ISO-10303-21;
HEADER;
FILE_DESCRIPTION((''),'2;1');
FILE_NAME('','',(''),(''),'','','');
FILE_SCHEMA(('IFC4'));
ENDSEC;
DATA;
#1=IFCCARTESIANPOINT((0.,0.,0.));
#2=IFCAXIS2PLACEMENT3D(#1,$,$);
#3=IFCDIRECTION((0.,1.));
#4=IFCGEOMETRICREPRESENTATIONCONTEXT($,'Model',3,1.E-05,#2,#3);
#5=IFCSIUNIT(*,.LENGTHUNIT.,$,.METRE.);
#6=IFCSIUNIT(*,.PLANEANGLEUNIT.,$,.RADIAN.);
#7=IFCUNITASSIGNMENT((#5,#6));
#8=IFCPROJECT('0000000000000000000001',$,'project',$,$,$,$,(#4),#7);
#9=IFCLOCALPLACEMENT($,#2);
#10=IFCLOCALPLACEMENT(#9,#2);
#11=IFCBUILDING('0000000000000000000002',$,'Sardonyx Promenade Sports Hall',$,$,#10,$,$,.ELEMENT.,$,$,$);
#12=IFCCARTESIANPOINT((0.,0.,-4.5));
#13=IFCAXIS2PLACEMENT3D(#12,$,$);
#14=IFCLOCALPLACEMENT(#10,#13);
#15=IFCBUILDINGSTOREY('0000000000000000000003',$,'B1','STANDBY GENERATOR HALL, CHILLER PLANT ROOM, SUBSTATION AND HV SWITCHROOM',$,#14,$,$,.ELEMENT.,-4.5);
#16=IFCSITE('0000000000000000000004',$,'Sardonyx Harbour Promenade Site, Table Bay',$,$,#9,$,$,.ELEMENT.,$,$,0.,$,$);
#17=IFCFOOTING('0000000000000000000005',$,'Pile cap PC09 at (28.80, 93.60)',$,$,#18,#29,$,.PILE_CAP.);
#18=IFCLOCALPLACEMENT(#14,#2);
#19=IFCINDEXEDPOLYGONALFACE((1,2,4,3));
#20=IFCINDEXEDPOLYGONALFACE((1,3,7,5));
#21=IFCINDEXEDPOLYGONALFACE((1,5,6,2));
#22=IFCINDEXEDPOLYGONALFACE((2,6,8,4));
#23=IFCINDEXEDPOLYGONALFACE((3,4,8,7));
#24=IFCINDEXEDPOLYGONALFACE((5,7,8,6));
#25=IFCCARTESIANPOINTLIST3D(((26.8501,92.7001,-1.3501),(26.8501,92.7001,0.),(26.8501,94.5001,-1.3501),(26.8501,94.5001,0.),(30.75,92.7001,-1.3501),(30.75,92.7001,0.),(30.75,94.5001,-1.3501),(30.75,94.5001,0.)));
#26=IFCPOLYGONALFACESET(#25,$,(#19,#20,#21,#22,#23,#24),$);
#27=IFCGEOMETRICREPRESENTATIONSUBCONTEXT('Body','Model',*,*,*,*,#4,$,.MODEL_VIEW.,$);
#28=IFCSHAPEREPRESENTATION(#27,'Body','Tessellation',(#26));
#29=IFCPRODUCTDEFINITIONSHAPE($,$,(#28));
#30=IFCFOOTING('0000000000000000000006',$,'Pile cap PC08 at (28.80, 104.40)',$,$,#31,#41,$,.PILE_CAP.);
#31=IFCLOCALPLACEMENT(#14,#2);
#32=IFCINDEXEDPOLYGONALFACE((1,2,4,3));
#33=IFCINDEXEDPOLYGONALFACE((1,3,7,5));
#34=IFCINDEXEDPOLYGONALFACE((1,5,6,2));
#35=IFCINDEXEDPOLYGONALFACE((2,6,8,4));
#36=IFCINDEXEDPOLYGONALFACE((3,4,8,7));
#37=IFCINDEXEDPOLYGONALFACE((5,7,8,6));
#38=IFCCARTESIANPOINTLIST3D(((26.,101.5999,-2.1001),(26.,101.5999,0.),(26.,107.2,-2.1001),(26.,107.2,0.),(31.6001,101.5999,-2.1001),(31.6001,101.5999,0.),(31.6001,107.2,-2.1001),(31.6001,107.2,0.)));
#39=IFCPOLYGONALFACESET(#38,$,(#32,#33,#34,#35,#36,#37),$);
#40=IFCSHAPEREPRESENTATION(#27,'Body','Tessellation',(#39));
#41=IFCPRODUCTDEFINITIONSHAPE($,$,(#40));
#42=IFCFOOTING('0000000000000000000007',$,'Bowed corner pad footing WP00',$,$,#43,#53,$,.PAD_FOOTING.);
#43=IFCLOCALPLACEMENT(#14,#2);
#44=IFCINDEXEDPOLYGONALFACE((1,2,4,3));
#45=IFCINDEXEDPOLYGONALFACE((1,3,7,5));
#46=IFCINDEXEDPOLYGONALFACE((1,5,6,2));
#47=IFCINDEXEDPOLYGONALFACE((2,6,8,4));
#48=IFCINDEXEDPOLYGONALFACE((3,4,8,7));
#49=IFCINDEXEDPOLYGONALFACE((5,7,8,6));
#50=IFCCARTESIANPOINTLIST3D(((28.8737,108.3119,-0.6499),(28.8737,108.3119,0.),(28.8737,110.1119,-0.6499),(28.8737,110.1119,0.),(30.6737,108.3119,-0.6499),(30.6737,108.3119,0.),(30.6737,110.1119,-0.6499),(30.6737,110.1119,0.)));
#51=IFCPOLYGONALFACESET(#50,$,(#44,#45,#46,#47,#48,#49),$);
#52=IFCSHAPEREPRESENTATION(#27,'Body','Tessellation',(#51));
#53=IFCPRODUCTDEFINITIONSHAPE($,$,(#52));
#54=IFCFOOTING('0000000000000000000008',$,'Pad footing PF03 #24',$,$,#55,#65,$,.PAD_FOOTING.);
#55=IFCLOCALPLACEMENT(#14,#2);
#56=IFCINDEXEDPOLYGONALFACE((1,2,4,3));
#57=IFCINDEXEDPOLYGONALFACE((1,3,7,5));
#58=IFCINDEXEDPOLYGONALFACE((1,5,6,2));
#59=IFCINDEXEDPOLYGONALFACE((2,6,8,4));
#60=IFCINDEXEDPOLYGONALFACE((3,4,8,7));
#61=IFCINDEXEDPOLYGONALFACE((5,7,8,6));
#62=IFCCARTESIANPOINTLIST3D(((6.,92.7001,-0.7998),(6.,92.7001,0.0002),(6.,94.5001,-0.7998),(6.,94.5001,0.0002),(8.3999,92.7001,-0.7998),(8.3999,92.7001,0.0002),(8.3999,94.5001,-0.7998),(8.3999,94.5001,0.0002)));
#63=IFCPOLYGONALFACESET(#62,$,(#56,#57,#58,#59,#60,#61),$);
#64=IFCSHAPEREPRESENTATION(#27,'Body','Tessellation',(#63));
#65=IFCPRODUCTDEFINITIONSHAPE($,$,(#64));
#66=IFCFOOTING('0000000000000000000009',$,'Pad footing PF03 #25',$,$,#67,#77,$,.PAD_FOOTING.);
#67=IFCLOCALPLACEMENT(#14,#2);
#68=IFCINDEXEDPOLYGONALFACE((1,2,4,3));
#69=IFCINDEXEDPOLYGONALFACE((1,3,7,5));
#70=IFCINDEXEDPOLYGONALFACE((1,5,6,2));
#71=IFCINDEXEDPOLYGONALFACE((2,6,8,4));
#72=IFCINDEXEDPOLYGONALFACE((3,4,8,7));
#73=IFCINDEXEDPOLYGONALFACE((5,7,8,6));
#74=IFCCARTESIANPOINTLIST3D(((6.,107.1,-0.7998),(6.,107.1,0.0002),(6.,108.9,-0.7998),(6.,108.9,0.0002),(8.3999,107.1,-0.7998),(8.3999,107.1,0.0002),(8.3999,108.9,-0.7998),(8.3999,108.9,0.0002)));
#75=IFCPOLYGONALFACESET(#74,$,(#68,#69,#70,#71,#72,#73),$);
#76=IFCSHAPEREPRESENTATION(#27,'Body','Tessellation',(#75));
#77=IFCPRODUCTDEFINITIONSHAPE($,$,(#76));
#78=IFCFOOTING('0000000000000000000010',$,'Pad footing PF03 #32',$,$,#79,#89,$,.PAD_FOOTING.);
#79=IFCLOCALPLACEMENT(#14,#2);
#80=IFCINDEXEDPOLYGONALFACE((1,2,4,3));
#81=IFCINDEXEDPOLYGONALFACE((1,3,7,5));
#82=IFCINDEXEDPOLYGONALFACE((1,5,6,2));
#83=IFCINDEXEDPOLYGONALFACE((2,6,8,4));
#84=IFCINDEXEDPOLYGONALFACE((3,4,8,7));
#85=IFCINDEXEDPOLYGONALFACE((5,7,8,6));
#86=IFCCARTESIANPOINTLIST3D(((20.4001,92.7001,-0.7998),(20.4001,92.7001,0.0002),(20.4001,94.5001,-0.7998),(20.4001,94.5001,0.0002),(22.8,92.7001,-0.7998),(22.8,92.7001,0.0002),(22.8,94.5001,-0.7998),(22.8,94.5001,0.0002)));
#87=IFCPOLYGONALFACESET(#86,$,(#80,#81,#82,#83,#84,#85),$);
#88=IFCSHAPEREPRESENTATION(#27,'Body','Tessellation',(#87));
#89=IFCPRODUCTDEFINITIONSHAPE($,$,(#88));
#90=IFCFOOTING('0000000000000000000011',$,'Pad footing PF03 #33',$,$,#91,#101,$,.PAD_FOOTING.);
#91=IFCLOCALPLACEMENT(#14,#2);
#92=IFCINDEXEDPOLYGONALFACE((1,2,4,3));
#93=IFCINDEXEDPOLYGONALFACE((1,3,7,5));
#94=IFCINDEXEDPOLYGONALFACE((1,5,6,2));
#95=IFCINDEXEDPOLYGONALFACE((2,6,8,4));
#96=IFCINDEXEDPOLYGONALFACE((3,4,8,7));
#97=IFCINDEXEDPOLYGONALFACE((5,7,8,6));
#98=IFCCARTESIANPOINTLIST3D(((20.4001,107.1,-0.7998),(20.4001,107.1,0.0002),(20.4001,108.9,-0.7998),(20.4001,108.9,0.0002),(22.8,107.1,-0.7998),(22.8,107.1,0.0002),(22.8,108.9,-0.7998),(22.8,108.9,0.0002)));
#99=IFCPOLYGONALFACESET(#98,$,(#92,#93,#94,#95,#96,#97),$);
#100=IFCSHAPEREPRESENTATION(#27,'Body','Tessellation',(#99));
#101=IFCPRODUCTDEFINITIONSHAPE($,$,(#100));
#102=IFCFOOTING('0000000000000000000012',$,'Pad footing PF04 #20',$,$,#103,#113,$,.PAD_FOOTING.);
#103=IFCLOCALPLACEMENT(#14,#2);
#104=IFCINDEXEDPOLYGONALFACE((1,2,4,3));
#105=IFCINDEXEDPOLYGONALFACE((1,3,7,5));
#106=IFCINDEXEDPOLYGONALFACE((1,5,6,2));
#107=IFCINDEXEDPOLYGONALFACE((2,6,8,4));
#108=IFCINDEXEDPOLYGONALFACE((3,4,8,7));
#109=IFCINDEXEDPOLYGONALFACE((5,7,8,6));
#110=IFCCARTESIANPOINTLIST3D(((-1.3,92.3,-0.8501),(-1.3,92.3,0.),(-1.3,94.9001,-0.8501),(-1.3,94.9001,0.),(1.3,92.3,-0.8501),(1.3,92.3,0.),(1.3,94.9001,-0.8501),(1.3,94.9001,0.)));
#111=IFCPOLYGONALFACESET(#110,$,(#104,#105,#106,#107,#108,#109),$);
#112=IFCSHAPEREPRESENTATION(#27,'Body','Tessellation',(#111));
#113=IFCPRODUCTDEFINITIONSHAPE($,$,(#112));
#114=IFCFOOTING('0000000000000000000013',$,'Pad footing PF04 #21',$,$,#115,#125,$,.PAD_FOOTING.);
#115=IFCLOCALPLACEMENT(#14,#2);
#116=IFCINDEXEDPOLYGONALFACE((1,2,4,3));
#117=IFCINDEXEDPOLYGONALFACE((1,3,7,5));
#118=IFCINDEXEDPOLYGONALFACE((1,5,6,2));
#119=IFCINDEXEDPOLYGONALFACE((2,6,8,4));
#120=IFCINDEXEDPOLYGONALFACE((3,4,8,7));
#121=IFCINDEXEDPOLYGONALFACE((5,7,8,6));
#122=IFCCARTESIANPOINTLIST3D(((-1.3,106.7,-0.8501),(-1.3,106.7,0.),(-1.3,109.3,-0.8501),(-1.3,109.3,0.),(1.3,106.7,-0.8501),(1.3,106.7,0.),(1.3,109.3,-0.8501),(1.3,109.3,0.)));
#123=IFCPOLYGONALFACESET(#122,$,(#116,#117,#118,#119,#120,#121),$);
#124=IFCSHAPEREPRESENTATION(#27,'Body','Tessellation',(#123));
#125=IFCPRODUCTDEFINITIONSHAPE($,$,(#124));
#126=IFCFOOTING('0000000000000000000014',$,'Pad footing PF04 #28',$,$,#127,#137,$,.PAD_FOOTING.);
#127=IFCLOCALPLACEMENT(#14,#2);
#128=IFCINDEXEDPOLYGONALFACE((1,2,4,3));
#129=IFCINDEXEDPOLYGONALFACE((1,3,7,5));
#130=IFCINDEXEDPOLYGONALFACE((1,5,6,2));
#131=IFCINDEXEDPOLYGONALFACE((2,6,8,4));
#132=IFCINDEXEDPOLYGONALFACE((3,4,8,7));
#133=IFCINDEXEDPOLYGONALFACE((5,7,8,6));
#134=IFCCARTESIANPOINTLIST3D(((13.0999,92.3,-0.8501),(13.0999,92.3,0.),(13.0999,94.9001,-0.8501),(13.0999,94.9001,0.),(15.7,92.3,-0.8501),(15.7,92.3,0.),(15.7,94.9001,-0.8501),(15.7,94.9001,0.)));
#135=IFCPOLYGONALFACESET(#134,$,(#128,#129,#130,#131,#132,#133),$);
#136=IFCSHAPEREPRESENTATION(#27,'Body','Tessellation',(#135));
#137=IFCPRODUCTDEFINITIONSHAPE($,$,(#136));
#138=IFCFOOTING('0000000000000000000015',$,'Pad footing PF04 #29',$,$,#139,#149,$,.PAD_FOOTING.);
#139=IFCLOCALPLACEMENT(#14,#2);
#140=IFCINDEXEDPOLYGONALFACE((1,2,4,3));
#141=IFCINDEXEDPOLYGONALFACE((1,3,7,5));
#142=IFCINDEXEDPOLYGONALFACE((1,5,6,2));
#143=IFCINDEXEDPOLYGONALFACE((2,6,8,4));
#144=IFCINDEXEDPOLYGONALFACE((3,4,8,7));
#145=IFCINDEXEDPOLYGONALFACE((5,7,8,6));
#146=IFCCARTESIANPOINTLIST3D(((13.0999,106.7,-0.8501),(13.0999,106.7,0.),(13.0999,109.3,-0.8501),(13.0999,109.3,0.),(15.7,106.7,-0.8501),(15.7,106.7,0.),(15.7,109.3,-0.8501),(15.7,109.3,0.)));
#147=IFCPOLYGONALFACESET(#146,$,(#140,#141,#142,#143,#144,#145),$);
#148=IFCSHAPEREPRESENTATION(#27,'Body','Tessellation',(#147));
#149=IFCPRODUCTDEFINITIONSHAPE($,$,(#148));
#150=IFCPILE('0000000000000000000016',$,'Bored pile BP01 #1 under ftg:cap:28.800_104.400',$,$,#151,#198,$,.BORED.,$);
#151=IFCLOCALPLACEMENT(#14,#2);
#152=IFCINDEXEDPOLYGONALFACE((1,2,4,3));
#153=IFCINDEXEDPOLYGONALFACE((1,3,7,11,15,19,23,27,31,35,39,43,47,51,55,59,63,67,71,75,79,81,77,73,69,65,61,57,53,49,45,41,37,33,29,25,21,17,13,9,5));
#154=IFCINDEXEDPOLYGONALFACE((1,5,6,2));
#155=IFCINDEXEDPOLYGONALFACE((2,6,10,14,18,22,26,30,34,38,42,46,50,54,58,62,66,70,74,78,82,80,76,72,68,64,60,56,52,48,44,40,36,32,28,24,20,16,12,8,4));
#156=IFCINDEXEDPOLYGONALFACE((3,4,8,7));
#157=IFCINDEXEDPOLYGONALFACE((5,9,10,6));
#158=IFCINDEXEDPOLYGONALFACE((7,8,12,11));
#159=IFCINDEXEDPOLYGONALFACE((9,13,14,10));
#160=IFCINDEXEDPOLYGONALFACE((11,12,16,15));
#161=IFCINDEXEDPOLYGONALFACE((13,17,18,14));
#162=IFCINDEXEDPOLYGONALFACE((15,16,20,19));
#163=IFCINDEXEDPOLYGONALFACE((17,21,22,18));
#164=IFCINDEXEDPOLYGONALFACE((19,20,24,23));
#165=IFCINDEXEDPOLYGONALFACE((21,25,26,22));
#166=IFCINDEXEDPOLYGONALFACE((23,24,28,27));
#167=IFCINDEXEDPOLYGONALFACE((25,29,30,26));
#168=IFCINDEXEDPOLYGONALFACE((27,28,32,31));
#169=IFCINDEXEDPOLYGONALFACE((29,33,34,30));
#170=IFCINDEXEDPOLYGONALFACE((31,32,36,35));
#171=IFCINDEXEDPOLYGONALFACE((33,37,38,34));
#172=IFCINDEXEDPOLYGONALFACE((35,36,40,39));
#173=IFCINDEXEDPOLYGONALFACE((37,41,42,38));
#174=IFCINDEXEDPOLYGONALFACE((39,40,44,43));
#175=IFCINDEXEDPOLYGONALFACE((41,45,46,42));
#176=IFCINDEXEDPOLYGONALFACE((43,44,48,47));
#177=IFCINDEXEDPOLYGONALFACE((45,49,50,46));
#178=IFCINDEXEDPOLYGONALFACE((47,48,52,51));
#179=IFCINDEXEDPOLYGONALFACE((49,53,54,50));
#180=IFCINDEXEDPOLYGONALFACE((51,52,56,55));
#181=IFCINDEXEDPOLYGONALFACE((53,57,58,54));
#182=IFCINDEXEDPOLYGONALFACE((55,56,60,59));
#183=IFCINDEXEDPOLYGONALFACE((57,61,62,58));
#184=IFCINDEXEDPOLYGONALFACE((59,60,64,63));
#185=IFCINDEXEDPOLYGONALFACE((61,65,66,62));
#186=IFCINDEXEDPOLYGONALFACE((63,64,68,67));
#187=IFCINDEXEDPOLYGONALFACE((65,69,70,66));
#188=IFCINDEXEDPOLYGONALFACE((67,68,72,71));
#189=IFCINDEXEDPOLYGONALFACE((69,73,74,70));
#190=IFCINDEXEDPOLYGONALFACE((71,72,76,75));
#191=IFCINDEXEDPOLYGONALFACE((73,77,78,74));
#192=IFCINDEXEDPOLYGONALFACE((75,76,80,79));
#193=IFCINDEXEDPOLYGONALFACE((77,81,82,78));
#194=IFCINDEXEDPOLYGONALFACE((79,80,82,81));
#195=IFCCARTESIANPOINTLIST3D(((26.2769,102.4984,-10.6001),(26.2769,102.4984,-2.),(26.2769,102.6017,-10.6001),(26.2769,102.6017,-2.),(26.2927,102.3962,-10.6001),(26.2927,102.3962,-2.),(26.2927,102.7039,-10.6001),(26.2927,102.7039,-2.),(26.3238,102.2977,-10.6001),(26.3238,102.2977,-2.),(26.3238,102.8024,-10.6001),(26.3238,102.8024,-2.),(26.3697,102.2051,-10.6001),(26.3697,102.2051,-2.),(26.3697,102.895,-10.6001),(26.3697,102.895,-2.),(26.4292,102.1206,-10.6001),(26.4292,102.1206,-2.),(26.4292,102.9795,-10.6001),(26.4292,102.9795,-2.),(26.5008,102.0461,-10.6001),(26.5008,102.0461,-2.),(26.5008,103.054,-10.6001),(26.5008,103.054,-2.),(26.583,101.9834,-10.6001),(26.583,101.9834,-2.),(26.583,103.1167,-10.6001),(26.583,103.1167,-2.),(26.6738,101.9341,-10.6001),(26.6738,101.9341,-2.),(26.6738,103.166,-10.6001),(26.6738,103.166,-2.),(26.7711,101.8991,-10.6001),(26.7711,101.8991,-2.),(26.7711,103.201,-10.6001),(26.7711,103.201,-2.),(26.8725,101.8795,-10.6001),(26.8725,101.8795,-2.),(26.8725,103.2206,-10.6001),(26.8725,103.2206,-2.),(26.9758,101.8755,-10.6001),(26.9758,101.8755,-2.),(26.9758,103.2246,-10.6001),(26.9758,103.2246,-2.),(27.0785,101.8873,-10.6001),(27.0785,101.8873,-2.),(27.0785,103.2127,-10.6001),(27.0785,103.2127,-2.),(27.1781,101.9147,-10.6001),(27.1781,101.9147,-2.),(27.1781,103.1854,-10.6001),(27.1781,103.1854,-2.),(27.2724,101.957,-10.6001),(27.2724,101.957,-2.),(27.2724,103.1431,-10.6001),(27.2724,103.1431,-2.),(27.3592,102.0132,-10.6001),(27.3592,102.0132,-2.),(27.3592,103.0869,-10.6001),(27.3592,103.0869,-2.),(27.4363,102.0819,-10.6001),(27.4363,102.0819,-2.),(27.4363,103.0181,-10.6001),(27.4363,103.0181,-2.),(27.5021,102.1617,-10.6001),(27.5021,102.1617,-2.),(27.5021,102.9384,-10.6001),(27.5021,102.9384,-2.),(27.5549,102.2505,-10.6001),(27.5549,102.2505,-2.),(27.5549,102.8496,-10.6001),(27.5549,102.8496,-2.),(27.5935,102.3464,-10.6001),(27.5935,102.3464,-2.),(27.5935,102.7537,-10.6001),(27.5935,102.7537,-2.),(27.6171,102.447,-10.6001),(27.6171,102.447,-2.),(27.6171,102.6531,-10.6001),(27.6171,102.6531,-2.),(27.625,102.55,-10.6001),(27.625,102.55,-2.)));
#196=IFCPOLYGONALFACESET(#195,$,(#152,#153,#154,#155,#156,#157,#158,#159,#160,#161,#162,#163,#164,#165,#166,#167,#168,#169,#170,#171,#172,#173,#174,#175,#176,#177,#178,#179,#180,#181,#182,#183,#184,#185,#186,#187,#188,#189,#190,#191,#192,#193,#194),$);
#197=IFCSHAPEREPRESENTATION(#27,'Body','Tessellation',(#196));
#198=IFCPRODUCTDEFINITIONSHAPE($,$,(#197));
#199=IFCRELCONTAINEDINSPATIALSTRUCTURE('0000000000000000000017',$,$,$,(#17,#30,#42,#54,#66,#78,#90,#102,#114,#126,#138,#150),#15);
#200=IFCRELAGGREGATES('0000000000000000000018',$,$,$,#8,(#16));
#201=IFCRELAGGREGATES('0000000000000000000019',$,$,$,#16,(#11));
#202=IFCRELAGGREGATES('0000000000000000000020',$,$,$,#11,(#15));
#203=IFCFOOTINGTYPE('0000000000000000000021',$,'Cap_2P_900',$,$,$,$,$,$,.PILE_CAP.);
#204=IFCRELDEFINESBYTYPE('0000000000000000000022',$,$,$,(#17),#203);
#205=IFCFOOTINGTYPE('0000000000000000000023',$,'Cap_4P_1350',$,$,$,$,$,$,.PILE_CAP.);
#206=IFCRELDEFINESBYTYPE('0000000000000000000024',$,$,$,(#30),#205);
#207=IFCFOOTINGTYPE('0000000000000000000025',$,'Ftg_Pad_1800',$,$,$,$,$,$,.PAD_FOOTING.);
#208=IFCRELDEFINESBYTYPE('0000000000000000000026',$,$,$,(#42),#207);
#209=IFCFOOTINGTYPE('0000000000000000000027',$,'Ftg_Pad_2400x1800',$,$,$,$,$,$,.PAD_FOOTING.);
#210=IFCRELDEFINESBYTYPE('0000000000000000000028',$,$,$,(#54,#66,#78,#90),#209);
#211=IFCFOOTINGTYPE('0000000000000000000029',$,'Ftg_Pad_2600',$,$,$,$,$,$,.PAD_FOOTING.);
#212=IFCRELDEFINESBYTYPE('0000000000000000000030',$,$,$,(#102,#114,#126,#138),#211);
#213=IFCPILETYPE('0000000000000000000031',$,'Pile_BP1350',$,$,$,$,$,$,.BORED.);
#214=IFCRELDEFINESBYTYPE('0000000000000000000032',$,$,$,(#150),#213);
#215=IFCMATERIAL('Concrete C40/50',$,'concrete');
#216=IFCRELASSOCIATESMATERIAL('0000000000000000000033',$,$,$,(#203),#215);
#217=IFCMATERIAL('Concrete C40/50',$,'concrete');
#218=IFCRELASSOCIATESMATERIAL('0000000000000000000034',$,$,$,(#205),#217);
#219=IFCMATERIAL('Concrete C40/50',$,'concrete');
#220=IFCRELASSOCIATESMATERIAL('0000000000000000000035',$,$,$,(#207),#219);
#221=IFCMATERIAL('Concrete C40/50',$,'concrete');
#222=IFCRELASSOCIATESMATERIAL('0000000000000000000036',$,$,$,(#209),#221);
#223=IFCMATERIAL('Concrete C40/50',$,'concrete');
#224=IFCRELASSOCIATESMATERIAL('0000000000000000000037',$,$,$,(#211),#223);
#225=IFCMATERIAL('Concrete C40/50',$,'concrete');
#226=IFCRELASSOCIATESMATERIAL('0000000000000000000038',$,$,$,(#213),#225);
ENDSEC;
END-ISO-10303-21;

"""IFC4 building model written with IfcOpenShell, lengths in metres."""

from ifc_helpers import new_model, si_unit, direction, frame, origin, origin_2d, place, context, subcontext, project, spatial, rectangle, circle, extrude, material, material_profile, profile_set, type_object, element, save


model = new_model("IFC4")

# Units and contexts
model_context = context("Model", 3, precision=1e-05, world=origin(), true_north=direction((0.0, 1.0)))
body_context = subcontext(model_context, "Body", "Model", "MODEL_VIEW")
ifc_project = project(units=[si_unit("LENGTHUNIT", "METRE"), si_unit("PLANEANGLEUNIT", "RADIAN")], contexts=[model_context])

# Site, building, storey
site_placement = place(None, origin())
site = spatial("IfcSite", under=ifc_project, at=site_placement, Name="Sardonyx Harbour Promenade Site, Table Bay", CompositionType="ELEMENT", RefElevation=0.0)
building_placement = place(site_placement, origin())
building = spatial("IfcBuilding", under=site, at=building_placement, Name="Sardonyx Promenade Sports Hall", CompositionType="ELEMENT")
storey_placement = place(building_placement, frame((0.0, 0.0, -4.5)))
storey = spatial("IfcBuildingStorey", under=building, at=storey_placement, Name="B1", Description="STANDBY GENERATOR HALL, CHILLER PLANT ROOM, SUBSTATION AND HV SWITCHROOM", CompositionType="ELEMENT", Elevation=-4.5)

# Footings
ifc_material_1 = material(Name="Concrete C40/50", Category="concrete")
footing_type_1 = type_object("IfcFootingType", Name="Cap_2P_900", PredefinedType="PILE_CAP", material=ifc_material_1)
footing_1_placement = place(storey_placement, frame((28.8, 93.6001, -1.3501), z_axis=(0.0, 0.0, 1.0), x_axis=(1.0, 0.0, 0.0)))
element("IfcFooting", 1, at=footing_1_placement, inside=storey, type_object=footing_type_1, Name="Pile cap PC09 at (28.80, 93.60)", PredefinedType="PILE_CAP", context=body_context, shape_type="SweptSolid", body=[
    extrude(rectangle(XDim=3.8999, YDim=1.8, at=origin_2d()), origin(), (0.0, 0.0, 1.0), 1.3501),
])
ifc_material_2 = material(Name="Concrete C40/50", Category="concrete")
footing_type_2 = type_object("IfcFootingType", Name="Cap_4P_1350", PredefinedType="PILE_CAP", material=ifc_material_2)
footing_2_placement = place(storey_placement, frame((28.8, 104.3999, -2.1001), z_axis=(0.0, 0.0, 1.0), x_axis=(1.0, 0.0, 0.0)))
element("IfcFooting", 2, at=footing_2_placement, inside=storey, type_object=footing_type_2, Name="Pile cap PC08 at (28.80, 104.40)", PredefinedType="PILE_CAP", context=body_context, shape_type="SweptSolid", body=[
    extrude(rectangle(XDim=5.6001, YDim=5.6001, at=origin_2d()), origin(), (0.0, 0.0, 1.0), 2.1001),
])
ifc_material_3 = material(Name="Concrete C40/50", Category="concrete")
footing_type_3 = type_object("IfcFootingType", Name="Ftg_Pad_1800", PredefinedType="PAD_FOOTING", material=ifc_material_3)
footing_3_placement = place(storey_placement, frame((29.7737, 109.2119, -0.6499), z_axis=(0.0, 0.0, 1.0), x_axis=(1.0, 0.0, 0.0)))
element("IfcFooting", 3, at=footing_3_placement, inside=storey, type_object=footing_type_3, Name="Bowed corner pad footing WP00", PredefinedType="PAD_FOOTING", context=body_context, shape_type="SweptSolid", body=[
    extrude(rectangle(XDim=1.8, YDim=1.8, at=origin_2d()), origin(), (0.0, 0.0, 1.0), 0.6499),
])
ifc_material_4 = material(Name="Concrete C40/50", Category="concrete")
footing_type_4 = type_object("IfcFootingType", Name="Ftg_Pad_2400x1800", PredefinedType="PAD_FOOTING", material=ifc_material_4)
for number, where, z_axis, x_axis, name in (
    (4, (7.2, 93.6001, -0.7998), (0.0, 0.0, 1.0), (1.0, 0.0, 0.0), "Pad footing PF03 #24"),
    (5, (7.2, 108.0, -0.7998), (0.0, 0.0, 1.0), (1.0, 0.0, 0.0), "Pad footing PF03 #25"),
    (6, (21.6001, 93.6001, -0.7998), (0.0, 0.0, 1.0), (1.0, 0.0, 0.0), "Pad footing PF03 #32"),
    (7, (21.6001, 108.0, -0.7998), (0.0, 0.0, 1.0), (1.0, 0.0, 0.0), "Pad footing PF03 #33"),
):
    element("IfcFooting", number, at=place(storey_placement, frame(where, z_axis=z_axis, x_axis=x_axis)), inside=storey, type_object=footing_type_4, Name=name, PredefinedType="PAD_FOOTING", context=body_context, shape_type="SweptSolid", body=[
        extrude(rectangle(XDim=2.3999, YDim=1.8, at=origin_2d()), origin(), (0.0, 0.0, 1.0), 0.8),
    ])
ifc_material_5 = material(Name="Concrete C40/50", Category="concrete")
footing_type_5 = type_object("IfcFootingType", Name="Ftg_Pad_2600", PredefinedType="PAD_FOOTING", material=ifc_material_5)
for number, where, z_axis, x_axis, name in (
    (8, (0.0, 93.6001, -0.8501), (0.0, 0.0, 1.0), (1.0, 0.0, 0.0), "Pad footing PF04 #20"),
    (9, (0.0, 108.0, -0.8501), (0.0, 0.0, 1.0), (1.0, 0.0, 0.0), "Pad footing PF04 #21"),
    (10, (14.3999, 93.6001, -0.8501), (0.0, 0.0, 1.0), (1.0, 0.0, 0.0), "Pad footing PF04 #28"),
    (11, (14.3999, 108.0, -0.8501), (0.0, 0.0, 1.0), (1.0, 0.0, 0.0), "Pad footing PF04 #29"),
):
    element("IfcFooting", number, at=place(storey_placement, frame(where, z_axis=z_axis, x_axis=x_axis)), inside=storey, type_object=footing_type_5, Name=name, PredefinedType="PAD_FOOTING", context=body_context, shape_type="SweptSolid", body=[
        extrude(rectangle(XDim=2.6001, YDim=2.6001, at=origin_2d()), origin(), (0.0, 0.0, 1.0), 0.8501),
    ])

# Pile
ifc_material_6 = material(Name="Concrete C40/50", Category="concrete")
ifc_material_profile_1 = material_profile(ifc_material_6, circle(Radius=0.675, at=origin_2d()))
ifc_profile_set_1 = profile_set([ifc_material_profile_1], Name="Concrete C40/50")
pile_type_1 = type_object("IfcPileType", Name="Pile_BP1350", PredefinedType="BORED", material=ifc_profile_set_1)
for number, where, z_axis, x_axis, name in (
    (12, (26.95, 102.55, -2.0), (0.0, 0.0, -1.0), (1.0, 0.0, 0.0), "Bored pile BP01 #1 under ftg:cap:28.800_104.400"),
):
    element("IfcPile", number, at=place(storey_placement, frame(where, z_axis=z_axis, x_axis=x_axis)), inside=storey, type_object=pile_type_1, Name=name, PredefinedType="BORED", context=body_context, shape_type="SweptSolid", body=[
        extrude(circle(Radius=0.675, at=origin_2d()), origin(), (0.0, 0.0, 1.0), 8.6001),
    ])

save(model, "model.ifc")
